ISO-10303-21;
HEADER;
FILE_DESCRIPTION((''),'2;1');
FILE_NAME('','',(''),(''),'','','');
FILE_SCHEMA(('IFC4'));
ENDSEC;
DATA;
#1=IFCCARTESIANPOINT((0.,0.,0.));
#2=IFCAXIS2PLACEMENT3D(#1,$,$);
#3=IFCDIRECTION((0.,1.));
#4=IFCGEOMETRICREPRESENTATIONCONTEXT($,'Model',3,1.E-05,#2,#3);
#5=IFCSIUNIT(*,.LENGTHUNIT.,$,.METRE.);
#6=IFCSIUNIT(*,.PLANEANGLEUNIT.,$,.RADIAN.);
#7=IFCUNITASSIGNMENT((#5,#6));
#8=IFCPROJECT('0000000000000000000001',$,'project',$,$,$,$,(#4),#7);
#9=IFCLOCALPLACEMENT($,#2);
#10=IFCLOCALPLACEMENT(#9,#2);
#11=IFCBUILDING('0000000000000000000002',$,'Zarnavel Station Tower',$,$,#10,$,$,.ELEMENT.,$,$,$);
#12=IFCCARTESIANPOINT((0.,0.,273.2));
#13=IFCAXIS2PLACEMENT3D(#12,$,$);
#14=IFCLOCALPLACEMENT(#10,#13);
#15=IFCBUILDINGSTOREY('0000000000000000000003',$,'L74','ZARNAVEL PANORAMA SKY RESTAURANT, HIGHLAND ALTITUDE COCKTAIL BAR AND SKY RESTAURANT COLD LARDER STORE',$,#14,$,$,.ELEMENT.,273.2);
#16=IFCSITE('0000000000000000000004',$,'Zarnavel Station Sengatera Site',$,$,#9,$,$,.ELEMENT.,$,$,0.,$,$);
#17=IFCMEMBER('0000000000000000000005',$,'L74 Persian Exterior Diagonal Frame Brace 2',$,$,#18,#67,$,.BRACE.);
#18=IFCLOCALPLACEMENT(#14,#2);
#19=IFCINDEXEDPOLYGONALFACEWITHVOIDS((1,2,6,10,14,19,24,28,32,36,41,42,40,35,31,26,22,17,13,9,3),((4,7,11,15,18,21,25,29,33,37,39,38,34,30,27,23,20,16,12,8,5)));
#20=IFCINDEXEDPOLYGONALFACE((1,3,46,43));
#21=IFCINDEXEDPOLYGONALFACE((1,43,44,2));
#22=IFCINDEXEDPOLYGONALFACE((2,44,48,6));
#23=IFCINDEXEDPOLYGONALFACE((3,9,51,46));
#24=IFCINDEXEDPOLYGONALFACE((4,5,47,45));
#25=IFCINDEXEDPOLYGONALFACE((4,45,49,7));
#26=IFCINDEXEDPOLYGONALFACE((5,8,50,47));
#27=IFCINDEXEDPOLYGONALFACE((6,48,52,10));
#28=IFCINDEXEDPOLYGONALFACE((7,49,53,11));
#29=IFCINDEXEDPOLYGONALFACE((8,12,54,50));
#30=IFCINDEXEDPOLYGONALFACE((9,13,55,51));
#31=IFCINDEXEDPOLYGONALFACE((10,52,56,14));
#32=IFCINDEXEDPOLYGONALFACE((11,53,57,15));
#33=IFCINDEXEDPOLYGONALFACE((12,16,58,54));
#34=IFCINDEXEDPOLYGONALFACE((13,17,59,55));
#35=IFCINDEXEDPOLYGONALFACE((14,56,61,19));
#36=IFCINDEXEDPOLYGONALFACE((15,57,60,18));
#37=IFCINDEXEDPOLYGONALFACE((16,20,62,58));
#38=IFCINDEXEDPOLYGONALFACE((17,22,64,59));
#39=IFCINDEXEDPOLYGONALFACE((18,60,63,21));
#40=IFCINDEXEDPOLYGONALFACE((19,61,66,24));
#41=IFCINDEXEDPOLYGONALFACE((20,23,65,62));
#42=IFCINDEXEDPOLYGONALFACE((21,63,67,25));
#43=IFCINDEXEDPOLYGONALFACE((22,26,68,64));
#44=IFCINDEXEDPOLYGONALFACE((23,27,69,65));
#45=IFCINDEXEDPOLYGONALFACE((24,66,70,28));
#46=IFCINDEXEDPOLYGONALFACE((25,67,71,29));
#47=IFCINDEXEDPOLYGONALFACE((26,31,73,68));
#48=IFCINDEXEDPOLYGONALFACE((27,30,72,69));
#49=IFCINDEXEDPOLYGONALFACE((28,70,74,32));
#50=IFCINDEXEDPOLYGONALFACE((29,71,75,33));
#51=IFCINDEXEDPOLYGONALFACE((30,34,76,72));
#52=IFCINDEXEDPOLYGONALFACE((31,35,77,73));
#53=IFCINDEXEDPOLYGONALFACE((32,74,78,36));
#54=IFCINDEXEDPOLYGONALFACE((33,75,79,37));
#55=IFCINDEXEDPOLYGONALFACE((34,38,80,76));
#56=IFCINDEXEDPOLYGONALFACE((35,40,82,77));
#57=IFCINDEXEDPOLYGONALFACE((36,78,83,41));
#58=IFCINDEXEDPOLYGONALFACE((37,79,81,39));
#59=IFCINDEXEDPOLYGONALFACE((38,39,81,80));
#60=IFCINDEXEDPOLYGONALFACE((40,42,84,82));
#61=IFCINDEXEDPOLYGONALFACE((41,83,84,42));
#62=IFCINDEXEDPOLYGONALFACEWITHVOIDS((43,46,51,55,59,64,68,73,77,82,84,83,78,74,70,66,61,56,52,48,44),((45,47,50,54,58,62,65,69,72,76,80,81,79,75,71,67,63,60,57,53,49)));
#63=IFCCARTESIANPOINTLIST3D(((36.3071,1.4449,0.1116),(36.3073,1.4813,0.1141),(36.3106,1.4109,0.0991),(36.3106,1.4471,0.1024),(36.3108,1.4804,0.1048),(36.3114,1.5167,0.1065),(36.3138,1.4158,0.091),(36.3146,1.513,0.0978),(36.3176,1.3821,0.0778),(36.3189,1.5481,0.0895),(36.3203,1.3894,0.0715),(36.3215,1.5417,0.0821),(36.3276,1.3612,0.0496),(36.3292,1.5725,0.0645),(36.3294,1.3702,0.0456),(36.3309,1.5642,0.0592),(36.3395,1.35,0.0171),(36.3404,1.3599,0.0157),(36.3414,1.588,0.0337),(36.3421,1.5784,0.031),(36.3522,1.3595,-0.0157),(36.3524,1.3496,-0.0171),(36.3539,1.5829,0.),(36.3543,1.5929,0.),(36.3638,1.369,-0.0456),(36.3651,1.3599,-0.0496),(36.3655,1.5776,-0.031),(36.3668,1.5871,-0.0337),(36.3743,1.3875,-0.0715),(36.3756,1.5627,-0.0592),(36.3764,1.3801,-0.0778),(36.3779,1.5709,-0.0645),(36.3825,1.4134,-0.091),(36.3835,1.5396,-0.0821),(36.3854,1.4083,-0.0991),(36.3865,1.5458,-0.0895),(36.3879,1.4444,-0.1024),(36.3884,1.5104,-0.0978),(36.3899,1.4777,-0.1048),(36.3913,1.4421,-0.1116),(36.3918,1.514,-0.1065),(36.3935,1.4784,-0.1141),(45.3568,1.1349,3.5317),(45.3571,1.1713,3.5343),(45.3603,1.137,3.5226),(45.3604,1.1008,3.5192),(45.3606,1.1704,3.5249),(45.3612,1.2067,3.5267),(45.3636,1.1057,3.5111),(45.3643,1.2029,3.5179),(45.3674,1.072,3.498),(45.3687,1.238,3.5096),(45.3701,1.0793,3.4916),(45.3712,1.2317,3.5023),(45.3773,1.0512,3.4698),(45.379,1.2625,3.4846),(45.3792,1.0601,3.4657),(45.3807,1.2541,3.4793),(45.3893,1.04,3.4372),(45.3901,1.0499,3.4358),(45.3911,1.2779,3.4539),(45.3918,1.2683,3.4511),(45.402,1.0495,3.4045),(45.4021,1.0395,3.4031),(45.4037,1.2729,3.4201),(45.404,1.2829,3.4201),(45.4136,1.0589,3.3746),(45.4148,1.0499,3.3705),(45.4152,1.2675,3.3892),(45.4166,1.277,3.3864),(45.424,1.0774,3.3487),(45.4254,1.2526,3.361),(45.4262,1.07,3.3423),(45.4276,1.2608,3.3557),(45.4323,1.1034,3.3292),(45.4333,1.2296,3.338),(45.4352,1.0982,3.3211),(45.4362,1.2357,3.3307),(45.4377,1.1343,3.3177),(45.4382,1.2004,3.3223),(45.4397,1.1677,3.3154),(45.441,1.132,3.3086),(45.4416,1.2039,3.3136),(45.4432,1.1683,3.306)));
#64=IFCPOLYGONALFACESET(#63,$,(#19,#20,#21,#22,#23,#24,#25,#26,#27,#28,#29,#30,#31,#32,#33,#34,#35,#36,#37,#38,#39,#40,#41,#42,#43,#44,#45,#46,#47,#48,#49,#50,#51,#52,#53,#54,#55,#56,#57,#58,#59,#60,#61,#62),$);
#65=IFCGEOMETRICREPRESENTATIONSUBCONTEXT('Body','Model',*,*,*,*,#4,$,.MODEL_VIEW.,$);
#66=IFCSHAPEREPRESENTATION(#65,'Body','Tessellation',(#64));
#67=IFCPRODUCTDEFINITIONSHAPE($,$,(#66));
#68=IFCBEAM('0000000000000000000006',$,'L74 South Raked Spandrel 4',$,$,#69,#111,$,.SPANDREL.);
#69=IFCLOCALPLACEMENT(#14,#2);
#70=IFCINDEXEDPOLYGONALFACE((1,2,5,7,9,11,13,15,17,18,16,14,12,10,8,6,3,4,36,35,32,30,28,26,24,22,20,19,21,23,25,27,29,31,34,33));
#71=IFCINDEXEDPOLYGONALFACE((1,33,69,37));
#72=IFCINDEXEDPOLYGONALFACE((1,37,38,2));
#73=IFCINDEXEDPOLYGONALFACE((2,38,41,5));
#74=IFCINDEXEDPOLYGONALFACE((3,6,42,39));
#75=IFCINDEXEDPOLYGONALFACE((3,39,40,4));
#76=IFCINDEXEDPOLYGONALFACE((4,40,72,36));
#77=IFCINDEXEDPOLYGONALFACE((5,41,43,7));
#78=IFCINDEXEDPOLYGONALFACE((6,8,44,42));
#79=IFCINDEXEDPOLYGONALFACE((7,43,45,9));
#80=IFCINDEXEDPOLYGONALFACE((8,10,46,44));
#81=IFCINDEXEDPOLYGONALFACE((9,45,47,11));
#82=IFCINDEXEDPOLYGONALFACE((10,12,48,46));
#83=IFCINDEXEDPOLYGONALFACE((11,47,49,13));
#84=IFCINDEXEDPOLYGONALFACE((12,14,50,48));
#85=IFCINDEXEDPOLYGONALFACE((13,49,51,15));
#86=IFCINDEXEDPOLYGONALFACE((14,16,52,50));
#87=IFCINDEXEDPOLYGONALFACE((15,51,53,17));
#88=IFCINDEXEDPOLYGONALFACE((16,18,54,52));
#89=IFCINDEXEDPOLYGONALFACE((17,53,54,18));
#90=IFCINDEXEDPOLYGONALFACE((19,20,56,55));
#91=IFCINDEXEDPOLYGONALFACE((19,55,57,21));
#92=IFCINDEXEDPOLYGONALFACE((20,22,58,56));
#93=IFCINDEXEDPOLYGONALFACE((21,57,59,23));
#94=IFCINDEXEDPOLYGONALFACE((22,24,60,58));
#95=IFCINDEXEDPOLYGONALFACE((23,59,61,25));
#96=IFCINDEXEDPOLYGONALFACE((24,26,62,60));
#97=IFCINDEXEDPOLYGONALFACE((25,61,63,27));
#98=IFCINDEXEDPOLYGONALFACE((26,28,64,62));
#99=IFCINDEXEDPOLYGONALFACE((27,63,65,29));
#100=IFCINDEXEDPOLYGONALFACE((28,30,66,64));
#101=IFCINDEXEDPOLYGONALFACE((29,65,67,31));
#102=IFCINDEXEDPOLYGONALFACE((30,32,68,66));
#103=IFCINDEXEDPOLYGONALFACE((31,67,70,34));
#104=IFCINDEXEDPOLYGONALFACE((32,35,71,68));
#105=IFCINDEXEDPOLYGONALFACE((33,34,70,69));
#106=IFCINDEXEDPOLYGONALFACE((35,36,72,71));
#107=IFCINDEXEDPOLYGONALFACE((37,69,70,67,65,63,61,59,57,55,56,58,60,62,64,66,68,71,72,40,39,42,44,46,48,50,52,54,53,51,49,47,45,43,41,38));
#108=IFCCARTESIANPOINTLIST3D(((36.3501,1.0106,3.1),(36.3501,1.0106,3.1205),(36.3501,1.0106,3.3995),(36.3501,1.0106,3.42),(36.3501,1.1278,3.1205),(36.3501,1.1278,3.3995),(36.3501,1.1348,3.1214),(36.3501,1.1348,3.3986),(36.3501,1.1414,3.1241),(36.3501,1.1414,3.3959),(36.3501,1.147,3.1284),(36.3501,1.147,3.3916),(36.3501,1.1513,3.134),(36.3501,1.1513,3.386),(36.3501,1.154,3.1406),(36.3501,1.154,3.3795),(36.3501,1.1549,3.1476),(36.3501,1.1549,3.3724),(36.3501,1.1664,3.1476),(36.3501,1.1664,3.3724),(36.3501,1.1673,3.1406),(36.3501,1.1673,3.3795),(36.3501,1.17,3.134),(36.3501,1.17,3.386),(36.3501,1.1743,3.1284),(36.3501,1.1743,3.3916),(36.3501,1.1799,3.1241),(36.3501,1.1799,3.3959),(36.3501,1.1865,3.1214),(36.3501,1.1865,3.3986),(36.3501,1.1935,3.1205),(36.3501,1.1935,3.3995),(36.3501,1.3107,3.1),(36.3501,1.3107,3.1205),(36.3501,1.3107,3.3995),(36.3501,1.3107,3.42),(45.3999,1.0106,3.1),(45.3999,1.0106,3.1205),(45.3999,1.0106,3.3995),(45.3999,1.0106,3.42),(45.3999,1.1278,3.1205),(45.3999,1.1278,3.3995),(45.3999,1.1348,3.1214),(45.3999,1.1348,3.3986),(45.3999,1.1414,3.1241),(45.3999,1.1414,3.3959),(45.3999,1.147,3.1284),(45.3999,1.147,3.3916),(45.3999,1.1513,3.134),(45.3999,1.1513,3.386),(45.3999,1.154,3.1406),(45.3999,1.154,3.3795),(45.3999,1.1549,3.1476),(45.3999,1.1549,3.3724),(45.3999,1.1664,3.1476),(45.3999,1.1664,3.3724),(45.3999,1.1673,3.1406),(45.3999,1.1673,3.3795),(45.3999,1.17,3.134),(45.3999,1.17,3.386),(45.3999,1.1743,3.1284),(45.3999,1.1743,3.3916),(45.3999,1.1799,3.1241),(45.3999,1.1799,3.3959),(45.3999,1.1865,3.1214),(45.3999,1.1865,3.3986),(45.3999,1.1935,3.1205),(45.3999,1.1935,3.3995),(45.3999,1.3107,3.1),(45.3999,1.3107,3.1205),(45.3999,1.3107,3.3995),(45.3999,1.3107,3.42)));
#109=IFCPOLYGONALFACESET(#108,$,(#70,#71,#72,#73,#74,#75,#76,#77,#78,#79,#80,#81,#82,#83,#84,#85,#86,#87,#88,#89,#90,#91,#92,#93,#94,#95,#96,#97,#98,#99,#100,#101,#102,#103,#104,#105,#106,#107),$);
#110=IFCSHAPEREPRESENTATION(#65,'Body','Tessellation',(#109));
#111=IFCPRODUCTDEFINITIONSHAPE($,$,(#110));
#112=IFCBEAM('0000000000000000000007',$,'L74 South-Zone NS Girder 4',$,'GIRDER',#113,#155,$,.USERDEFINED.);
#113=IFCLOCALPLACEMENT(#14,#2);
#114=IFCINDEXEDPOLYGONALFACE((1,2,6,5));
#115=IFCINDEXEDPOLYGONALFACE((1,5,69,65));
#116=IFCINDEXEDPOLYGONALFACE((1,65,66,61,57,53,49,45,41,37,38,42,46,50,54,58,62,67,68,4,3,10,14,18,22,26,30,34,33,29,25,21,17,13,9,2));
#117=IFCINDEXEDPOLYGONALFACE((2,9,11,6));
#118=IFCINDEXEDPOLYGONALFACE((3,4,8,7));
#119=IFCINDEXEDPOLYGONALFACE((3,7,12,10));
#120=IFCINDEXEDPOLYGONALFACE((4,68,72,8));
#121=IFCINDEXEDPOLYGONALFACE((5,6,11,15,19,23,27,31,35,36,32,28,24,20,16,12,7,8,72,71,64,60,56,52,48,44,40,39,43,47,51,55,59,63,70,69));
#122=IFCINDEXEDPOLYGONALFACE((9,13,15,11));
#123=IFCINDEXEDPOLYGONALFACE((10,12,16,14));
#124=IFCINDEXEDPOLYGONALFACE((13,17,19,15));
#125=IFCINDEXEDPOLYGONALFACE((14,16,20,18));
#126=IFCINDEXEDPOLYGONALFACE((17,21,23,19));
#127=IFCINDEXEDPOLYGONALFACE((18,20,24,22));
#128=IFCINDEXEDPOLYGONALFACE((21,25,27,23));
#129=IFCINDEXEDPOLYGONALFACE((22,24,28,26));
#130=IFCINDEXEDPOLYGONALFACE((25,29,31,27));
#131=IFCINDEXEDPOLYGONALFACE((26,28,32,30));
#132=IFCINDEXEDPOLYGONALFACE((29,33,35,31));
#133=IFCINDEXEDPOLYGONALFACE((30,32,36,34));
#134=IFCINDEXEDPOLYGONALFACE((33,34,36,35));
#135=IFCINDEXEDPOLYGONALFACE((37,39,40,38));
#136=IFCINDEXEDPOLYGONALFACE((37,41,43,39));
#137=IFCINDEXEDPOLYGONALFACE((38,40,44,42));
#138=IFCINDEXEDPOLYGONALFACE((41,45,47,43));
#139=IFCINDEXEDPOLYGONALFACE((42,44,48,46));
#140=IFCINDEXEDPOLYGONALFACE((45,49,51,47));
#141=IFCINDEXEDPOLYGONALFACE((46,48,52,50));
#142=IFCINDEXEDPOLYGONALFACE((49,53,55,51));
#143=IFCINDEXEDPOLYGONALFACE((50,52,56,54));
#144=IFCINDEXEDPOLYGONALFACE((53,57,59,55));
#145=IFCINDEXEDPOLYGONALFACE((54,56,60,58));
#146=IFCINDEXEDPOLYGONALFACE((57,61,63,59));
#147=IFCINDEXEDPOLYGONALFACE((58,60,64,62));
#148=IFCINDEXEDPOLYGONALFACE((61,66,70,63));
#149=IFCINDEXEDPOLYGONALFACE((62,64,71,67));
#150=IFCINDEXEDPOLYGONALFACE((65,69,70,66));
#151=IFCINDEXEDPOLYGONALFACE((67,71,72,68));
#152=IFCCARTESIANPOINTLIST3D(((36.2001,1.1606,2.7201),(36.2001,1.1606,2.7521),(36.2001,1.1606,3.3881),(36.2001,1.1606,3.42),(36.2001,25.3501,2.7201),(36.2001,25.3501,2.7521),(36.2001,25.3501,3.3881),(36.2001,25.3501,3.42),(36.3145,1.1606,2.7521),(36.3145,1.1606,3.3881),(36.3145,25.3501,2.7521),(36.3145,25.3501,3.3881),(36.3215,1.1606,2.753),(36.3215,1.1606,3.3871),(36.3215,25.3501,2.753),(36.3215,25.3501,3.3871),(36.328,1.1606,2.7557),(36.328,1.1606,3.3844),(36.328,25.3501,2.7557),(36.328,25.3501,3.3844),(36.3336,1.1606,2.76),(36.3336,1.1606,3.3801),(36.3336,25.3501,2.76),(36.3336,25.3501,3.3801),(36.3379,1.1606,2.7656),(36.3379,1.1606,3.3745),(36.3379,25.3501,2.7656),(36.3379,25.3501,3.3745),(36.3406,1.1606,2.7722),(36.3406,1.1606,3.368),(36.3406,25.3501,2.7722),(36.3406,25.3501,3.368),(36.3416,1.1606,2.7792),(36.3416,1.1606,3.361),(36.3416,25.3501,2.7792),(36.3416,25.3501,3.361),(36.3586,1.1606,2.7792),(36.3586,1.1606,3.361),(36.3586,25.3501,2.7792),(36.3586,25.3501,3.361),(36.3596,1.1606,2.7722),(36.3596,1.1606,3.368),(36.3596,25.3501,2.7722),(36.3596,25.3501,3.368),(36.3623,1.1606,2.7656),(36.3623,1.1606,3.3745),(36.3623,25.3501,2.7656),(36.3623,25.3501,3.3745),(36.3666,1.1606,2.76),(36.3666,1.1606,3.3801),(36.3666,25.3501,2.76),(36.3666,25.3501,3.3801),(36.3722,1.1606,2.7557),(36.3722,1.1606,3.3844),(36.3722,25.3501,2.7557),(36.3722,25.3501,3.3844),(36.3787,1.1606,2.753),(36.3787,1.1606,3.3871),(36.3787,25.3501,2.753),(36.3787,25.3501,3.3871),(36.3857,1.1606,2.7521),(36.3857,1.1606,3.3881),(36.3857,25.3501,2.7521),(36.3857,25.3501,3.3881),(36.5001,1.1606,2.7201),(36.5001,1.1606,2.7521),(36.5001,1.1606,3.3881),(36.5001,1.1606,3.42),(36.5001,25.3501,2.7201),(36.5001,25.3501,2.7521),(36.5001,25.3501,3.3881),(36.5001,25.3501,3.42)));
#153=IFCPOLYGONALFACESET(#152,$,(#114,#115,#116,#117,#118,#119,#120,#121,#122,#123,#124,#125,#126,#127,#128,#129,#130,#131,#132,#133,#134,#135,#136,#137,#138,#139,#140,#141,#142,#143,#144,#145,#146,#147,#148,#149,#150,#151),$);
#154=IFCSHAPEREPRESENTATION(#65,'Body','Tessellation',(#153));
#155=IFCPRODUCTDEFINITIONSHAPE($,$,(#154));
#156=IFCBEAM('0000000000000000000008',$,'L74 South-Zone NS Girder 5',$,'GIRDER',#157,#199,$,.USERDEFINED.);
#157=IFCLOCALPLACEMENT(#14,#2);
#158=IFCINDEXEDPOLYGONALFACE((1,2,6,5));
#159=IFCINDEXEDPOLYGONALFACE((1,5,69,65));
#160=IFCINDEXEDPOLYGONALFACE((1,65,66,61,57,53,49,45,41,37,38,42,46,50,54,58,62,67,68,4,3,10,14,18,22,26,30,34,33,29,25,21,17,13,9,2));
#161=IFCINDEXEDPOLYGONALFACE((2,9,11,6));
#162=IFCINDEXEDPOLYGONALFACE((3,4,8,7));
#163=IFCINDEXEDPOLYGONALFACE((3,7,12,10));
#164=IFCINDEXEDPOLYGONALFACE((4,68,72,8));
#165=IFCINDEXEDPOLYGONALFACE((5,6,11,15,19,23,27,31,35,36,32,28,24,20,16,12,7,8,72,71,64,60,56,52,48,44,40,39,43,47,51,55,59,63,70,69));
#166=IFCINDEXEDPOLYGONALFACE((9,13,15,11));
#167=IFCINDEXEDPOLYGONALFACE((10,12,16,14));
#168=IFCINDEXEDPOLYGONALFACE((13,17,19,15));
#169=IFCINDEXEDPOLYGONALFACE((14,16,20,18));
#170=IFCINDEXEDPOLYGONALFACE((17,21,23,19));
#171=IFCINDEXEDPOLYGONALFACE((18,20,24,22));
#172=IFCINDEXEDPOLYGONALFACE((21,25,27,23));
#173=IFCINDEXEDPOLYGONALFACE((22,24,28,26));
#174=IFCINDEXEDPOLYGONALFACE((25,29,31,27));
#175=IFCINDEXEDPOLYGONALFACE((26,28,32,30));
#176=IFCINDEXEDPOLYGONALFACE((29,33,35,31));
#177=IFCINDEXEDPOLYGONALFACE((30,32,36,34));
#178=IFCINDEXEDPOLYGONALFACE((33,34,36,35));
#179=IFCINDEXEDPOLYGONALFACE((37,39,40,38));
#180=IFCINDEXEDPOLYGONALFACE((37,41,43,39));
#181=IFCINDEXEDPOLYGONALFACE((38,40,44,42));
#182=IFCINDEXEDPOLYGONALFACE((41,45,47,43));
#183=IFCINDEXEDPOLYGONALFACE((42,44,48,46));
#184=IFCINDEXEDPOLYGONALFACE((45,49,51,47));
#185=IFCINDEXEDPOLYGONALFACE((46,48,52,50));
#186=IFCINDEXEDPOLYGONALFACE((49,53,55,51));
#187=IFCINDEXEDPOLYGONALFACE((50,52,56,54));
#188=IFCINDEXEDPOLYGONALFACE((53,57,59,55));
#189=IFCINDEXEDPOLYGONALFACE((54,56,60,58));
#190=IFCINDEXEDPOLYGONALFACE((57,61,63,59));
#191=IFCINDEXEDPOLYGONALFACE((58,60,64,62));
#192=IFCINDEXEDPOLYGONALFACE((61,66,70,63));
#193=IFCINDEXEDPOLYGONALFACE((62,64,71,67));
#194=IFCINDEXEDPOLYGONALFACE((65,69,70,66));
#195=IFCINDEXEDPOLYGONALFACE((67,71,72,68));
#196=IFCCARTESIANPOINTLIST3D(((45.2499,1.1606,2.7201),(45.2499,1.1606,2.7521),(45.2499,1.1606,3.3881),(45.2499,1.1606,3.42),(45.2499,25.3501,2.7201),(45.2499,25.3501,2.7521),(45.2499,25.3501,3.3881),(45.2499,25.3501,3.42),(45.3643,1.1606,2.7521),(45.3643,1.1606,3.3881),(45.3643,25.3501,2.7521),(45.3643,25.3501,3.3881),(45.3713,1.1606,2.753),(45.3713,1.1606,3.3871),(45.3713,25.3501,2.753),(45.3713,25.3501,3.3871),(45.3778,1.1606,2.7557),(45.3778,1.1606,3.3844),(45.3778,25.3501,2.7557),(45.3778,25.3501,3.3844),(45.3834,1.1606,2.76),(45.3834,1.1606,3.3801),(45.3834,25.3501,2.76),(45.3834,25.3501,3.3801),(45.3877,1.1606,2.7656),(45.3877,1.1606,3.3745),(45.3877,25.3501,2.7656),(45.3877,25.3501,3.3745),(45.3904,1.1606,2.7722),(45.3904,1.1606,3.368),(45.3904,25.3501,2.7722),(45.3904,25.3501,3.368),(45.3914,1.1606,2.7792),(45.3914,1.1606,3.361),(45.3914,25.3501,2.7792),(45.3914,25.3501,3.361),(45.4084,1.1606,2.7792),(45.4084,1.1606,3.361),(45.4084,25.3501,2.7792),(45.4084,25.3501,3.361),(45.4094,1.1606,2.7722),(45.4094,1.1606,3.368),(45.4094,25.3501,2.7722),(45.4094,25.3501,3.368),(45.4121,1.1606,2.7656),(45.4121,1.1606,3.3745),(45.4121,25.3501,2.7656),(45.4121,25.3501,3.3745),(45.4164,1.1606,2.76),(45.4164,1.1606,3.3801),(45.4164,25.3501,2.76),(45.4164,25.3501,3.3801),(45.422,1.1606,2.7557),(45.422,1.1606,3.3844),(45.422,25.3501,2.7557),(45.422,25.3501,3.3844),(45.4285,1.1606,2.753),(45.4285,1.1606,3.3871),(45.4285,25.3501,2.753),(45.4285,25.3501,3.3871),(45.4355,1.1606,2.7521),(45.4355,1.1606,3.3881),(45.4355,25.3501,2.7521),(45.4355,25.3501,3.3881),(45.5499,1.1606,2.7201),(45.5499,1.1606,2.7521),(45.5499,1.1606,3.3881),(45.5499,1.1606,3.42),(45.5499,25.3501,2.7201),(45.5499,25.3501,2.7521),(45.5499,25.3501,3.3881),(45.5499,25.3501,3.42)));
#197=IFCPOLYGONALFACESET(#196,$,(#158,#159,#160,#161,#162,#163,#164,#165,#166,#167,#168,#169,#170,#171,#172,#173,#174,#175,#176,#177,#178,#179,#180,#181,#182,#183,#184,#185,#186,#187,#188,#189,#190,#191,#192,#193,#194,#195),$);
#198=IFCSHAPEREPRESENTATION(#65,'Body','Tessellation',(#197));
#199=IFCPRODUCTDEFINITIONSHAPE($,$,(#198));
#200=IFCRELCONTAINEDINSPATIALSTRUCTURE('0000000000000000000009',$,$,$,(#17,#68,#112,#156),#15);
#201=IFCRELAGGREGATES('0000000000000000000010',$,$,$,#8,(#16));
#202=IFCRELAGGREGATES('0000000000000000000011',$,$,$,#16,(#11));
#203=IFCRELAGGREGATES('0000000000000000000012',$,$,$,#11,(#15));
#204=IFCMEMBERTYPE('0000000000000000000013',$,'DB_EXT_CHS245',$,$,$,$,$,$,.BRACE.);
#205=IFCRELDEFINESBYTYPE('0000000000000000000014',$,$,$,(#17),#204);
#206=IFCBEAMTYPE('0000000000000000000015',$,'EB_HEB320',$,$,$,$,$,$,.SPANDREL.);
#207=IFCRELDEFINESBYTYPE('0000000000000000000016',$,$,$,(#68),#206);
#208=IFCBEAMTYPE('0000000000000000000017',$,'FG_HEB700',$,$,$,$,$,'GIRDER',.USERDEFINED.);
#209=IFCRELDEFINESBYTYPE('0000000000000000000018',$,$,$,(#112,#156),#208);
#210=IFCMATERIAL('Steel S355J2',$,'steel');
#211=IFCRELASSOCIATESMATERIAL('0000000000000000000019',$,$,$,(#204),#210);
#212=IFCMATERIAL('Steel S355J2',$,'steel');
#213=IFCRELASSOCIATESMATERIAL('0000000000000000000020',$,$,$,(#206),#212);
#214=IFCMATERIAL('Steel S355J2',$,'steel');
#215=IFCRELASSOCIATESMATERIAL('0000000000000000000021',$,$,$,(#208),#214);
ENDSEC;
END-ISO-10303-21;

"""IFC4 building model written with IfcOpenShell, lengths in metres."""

from ifc_helpers import new_model, si_unit, direction, frame, origin, origin_2d, place, context, subcontext, project, spatial, hollow_circle, i_section, extrude, material, material_profile, profile_set, type_object, element, save


model = new_model("IFC4")

# Units and contexts
model_context = context("Model", 3, precision=1e-05, world=origin(), true_north=direction((0.0, 1.0)))
body_context = subcontext(model_context, "Body", "Model", "MODEL_VIEW")
ifc_project = project(units=[si_unit("LENGTHUNIT", "METRE"), si_unit("PLANEANGLEUNIT", "RADIAN")], contexts=[model_context])

# Site, building, storey
site_placement = place(None, origin())
site = spatial("IfcSite", under=ifc_project, at=site_placement, Name="Zarnavel Station Sengatera Site", CompositionType="ELEMENT", RefElevation=0.0)
building_placement = place(site_placement, origin())
building = spatial("IfcBuilding", under=site, at=building_placement, Name="Zarnavel Station Tower", CompositionType="ELEMENT")
storey_placement = place(building_placement, frame((0.0, 0.0, 273.2)))
storey = spatial("IfcBuildingStorey", under=building, at=storey_placement, Name="L74", Description="ZARNAVEL PANORAMA SKY RESTAURANT, HIGHLAND ALTITUDE COCKTAIL BAR AND SKY RESTAURANT COLD LARDER STORE", CompositionType="ELEMENT", Elevation=273.2)

# Member
ifc_material_1 = material(Name="Steel S355J2", Category="steel")
ifc_material_profile_1 = material_profile(ifc_material_1, hollow_circle(Radius=0.1223, WallThickness=0.01, at=origin_2d()), Name="CHS244.5x10")
ifc_profile_set_1 = profile_set([ifc_material_profile_1], Name="Steel S355J2")
member_type_1 = type_object("IfcMemberType", Name="DB_EXT_CHS245", PredefinedType="BRACE", material=ifc_profile_set_1)
member_1_placement = place(storey_placement, frame((36.3501, 1.4707, 0.0), z_axis=(0.934946, -0.032033, 0.353341), x_axis=(0.034241, 0.999414, 0.0)))
element("IfcMember", 1, at=member_1_placement, inside=storey, type_object=member_type_1, Name="L74 Persian Exterior Diagonal Frame Brace 2", PredefinedType="BRACE", context=body_context, shape_type="SweptSolid", body=[
    extrude(hollow_circle(Radius=0.1223, WallThickness=0.01, at=origin_2d()), origin(), (0.0, 0.0, 1.0), 9.6794),
])

# Beams
ifc_material_2 = material(Name="Steel S355J2", Category="steel")
ifc_material_profile_2 = material_profile(ifc_material_2, i_section(OverallWidth=0.3, OverallDepth=0.3201, WebThickness=0.0115, FlangeThickness=0.0205, FilletRadius=0.0271, at=origin_2d()), Name="HEB320")
ifc_profile_set_2 = profile_set([ifc_material_profile_2], Name="Steel S355J2")
beam_type_1 = type_object("IfcBeamType", Name="EB_HEB320", PredefinedType="SPANDREL", material=ifc_profile_set_2)
beam_1_placement = place(storey_placement, frame((36.3501, 1.1606, 3.26), z_axis=(1.0, 0.0, 0.0), x_axis=(0.0, 1.0, 0.0)))
element("IfcBeam", 2, at=beam_1_placement, inside=storey, type_object=beam_type_1, Name="L74 South Raked Spandrel 4", PredefinedType="SPANDREL", context=body_context, shape_type="SweptSolid", body=[
    extrude(i_section(OverallWidth=0.3, OverallDepth=0.3201, WebThickness=0.0115, FlangeThickness=0.0205, FilletRadius=0.0271, at=origin_2d()), origin(), (0.0, 0.0, 1.0), 9.0498),
])
ifc_material_3 = material(Name="Steel S355J2", Category="steel")
ifc_material_profile_3 = material_profile(ifc_material_3, i_section(OverallWidth=0.3, OverallDepth=0.7, WebThickness=0.0171, FlangeThickness=0.032, FilletRadius=0.0271, at=origin_2d()), Name="HEB700")
ifc_profile_set_3 = profile_set([ifc_material_profile_3], Name="Steel S355J2")
beam_type_2 = type_object("IfcBeamType", Name="FG_HEB700", ElementType="GIRDER", PredefinedType="USERDEFINED", material=ifc_profile_set_3)
for number, where, z_axis, x_axis, name in (
    (3, (36.3501, 1.1606, 3.0701), (0.0, 1.0, 0.0), (-1.0, 0.0, 0.0), "L74 South-Zone NS Girder 4"),
    (4, (45.3999, 1.1606, 3.0701), (0.0, 1.0, 0.0), (-1.0, 0.0, 0.0), "L74 South-Zone NS Girder 5"),
):
    element("IfcBeam", number, at=place(storey_placement, frame(where, z_axis=z_axis, x_axis=x_axis)), inside=storey, type_object=beam_type_2, Name=name, ObjectType="GIRDER", PredefinedType="USERDEFINED", context=body_context, shape_type="SweptSolid", body=[
        extrude(i_section(OverallWidth=0.3, OverallDepth=0.7, WebThickness=0.0171, FlangeThickness=0.032, FilletRadius=0.0271, at=origin_2d()), origin(), (0.0, 0.0, 1.0), 24.1895),
    ])

save(model, "model.ifc")
